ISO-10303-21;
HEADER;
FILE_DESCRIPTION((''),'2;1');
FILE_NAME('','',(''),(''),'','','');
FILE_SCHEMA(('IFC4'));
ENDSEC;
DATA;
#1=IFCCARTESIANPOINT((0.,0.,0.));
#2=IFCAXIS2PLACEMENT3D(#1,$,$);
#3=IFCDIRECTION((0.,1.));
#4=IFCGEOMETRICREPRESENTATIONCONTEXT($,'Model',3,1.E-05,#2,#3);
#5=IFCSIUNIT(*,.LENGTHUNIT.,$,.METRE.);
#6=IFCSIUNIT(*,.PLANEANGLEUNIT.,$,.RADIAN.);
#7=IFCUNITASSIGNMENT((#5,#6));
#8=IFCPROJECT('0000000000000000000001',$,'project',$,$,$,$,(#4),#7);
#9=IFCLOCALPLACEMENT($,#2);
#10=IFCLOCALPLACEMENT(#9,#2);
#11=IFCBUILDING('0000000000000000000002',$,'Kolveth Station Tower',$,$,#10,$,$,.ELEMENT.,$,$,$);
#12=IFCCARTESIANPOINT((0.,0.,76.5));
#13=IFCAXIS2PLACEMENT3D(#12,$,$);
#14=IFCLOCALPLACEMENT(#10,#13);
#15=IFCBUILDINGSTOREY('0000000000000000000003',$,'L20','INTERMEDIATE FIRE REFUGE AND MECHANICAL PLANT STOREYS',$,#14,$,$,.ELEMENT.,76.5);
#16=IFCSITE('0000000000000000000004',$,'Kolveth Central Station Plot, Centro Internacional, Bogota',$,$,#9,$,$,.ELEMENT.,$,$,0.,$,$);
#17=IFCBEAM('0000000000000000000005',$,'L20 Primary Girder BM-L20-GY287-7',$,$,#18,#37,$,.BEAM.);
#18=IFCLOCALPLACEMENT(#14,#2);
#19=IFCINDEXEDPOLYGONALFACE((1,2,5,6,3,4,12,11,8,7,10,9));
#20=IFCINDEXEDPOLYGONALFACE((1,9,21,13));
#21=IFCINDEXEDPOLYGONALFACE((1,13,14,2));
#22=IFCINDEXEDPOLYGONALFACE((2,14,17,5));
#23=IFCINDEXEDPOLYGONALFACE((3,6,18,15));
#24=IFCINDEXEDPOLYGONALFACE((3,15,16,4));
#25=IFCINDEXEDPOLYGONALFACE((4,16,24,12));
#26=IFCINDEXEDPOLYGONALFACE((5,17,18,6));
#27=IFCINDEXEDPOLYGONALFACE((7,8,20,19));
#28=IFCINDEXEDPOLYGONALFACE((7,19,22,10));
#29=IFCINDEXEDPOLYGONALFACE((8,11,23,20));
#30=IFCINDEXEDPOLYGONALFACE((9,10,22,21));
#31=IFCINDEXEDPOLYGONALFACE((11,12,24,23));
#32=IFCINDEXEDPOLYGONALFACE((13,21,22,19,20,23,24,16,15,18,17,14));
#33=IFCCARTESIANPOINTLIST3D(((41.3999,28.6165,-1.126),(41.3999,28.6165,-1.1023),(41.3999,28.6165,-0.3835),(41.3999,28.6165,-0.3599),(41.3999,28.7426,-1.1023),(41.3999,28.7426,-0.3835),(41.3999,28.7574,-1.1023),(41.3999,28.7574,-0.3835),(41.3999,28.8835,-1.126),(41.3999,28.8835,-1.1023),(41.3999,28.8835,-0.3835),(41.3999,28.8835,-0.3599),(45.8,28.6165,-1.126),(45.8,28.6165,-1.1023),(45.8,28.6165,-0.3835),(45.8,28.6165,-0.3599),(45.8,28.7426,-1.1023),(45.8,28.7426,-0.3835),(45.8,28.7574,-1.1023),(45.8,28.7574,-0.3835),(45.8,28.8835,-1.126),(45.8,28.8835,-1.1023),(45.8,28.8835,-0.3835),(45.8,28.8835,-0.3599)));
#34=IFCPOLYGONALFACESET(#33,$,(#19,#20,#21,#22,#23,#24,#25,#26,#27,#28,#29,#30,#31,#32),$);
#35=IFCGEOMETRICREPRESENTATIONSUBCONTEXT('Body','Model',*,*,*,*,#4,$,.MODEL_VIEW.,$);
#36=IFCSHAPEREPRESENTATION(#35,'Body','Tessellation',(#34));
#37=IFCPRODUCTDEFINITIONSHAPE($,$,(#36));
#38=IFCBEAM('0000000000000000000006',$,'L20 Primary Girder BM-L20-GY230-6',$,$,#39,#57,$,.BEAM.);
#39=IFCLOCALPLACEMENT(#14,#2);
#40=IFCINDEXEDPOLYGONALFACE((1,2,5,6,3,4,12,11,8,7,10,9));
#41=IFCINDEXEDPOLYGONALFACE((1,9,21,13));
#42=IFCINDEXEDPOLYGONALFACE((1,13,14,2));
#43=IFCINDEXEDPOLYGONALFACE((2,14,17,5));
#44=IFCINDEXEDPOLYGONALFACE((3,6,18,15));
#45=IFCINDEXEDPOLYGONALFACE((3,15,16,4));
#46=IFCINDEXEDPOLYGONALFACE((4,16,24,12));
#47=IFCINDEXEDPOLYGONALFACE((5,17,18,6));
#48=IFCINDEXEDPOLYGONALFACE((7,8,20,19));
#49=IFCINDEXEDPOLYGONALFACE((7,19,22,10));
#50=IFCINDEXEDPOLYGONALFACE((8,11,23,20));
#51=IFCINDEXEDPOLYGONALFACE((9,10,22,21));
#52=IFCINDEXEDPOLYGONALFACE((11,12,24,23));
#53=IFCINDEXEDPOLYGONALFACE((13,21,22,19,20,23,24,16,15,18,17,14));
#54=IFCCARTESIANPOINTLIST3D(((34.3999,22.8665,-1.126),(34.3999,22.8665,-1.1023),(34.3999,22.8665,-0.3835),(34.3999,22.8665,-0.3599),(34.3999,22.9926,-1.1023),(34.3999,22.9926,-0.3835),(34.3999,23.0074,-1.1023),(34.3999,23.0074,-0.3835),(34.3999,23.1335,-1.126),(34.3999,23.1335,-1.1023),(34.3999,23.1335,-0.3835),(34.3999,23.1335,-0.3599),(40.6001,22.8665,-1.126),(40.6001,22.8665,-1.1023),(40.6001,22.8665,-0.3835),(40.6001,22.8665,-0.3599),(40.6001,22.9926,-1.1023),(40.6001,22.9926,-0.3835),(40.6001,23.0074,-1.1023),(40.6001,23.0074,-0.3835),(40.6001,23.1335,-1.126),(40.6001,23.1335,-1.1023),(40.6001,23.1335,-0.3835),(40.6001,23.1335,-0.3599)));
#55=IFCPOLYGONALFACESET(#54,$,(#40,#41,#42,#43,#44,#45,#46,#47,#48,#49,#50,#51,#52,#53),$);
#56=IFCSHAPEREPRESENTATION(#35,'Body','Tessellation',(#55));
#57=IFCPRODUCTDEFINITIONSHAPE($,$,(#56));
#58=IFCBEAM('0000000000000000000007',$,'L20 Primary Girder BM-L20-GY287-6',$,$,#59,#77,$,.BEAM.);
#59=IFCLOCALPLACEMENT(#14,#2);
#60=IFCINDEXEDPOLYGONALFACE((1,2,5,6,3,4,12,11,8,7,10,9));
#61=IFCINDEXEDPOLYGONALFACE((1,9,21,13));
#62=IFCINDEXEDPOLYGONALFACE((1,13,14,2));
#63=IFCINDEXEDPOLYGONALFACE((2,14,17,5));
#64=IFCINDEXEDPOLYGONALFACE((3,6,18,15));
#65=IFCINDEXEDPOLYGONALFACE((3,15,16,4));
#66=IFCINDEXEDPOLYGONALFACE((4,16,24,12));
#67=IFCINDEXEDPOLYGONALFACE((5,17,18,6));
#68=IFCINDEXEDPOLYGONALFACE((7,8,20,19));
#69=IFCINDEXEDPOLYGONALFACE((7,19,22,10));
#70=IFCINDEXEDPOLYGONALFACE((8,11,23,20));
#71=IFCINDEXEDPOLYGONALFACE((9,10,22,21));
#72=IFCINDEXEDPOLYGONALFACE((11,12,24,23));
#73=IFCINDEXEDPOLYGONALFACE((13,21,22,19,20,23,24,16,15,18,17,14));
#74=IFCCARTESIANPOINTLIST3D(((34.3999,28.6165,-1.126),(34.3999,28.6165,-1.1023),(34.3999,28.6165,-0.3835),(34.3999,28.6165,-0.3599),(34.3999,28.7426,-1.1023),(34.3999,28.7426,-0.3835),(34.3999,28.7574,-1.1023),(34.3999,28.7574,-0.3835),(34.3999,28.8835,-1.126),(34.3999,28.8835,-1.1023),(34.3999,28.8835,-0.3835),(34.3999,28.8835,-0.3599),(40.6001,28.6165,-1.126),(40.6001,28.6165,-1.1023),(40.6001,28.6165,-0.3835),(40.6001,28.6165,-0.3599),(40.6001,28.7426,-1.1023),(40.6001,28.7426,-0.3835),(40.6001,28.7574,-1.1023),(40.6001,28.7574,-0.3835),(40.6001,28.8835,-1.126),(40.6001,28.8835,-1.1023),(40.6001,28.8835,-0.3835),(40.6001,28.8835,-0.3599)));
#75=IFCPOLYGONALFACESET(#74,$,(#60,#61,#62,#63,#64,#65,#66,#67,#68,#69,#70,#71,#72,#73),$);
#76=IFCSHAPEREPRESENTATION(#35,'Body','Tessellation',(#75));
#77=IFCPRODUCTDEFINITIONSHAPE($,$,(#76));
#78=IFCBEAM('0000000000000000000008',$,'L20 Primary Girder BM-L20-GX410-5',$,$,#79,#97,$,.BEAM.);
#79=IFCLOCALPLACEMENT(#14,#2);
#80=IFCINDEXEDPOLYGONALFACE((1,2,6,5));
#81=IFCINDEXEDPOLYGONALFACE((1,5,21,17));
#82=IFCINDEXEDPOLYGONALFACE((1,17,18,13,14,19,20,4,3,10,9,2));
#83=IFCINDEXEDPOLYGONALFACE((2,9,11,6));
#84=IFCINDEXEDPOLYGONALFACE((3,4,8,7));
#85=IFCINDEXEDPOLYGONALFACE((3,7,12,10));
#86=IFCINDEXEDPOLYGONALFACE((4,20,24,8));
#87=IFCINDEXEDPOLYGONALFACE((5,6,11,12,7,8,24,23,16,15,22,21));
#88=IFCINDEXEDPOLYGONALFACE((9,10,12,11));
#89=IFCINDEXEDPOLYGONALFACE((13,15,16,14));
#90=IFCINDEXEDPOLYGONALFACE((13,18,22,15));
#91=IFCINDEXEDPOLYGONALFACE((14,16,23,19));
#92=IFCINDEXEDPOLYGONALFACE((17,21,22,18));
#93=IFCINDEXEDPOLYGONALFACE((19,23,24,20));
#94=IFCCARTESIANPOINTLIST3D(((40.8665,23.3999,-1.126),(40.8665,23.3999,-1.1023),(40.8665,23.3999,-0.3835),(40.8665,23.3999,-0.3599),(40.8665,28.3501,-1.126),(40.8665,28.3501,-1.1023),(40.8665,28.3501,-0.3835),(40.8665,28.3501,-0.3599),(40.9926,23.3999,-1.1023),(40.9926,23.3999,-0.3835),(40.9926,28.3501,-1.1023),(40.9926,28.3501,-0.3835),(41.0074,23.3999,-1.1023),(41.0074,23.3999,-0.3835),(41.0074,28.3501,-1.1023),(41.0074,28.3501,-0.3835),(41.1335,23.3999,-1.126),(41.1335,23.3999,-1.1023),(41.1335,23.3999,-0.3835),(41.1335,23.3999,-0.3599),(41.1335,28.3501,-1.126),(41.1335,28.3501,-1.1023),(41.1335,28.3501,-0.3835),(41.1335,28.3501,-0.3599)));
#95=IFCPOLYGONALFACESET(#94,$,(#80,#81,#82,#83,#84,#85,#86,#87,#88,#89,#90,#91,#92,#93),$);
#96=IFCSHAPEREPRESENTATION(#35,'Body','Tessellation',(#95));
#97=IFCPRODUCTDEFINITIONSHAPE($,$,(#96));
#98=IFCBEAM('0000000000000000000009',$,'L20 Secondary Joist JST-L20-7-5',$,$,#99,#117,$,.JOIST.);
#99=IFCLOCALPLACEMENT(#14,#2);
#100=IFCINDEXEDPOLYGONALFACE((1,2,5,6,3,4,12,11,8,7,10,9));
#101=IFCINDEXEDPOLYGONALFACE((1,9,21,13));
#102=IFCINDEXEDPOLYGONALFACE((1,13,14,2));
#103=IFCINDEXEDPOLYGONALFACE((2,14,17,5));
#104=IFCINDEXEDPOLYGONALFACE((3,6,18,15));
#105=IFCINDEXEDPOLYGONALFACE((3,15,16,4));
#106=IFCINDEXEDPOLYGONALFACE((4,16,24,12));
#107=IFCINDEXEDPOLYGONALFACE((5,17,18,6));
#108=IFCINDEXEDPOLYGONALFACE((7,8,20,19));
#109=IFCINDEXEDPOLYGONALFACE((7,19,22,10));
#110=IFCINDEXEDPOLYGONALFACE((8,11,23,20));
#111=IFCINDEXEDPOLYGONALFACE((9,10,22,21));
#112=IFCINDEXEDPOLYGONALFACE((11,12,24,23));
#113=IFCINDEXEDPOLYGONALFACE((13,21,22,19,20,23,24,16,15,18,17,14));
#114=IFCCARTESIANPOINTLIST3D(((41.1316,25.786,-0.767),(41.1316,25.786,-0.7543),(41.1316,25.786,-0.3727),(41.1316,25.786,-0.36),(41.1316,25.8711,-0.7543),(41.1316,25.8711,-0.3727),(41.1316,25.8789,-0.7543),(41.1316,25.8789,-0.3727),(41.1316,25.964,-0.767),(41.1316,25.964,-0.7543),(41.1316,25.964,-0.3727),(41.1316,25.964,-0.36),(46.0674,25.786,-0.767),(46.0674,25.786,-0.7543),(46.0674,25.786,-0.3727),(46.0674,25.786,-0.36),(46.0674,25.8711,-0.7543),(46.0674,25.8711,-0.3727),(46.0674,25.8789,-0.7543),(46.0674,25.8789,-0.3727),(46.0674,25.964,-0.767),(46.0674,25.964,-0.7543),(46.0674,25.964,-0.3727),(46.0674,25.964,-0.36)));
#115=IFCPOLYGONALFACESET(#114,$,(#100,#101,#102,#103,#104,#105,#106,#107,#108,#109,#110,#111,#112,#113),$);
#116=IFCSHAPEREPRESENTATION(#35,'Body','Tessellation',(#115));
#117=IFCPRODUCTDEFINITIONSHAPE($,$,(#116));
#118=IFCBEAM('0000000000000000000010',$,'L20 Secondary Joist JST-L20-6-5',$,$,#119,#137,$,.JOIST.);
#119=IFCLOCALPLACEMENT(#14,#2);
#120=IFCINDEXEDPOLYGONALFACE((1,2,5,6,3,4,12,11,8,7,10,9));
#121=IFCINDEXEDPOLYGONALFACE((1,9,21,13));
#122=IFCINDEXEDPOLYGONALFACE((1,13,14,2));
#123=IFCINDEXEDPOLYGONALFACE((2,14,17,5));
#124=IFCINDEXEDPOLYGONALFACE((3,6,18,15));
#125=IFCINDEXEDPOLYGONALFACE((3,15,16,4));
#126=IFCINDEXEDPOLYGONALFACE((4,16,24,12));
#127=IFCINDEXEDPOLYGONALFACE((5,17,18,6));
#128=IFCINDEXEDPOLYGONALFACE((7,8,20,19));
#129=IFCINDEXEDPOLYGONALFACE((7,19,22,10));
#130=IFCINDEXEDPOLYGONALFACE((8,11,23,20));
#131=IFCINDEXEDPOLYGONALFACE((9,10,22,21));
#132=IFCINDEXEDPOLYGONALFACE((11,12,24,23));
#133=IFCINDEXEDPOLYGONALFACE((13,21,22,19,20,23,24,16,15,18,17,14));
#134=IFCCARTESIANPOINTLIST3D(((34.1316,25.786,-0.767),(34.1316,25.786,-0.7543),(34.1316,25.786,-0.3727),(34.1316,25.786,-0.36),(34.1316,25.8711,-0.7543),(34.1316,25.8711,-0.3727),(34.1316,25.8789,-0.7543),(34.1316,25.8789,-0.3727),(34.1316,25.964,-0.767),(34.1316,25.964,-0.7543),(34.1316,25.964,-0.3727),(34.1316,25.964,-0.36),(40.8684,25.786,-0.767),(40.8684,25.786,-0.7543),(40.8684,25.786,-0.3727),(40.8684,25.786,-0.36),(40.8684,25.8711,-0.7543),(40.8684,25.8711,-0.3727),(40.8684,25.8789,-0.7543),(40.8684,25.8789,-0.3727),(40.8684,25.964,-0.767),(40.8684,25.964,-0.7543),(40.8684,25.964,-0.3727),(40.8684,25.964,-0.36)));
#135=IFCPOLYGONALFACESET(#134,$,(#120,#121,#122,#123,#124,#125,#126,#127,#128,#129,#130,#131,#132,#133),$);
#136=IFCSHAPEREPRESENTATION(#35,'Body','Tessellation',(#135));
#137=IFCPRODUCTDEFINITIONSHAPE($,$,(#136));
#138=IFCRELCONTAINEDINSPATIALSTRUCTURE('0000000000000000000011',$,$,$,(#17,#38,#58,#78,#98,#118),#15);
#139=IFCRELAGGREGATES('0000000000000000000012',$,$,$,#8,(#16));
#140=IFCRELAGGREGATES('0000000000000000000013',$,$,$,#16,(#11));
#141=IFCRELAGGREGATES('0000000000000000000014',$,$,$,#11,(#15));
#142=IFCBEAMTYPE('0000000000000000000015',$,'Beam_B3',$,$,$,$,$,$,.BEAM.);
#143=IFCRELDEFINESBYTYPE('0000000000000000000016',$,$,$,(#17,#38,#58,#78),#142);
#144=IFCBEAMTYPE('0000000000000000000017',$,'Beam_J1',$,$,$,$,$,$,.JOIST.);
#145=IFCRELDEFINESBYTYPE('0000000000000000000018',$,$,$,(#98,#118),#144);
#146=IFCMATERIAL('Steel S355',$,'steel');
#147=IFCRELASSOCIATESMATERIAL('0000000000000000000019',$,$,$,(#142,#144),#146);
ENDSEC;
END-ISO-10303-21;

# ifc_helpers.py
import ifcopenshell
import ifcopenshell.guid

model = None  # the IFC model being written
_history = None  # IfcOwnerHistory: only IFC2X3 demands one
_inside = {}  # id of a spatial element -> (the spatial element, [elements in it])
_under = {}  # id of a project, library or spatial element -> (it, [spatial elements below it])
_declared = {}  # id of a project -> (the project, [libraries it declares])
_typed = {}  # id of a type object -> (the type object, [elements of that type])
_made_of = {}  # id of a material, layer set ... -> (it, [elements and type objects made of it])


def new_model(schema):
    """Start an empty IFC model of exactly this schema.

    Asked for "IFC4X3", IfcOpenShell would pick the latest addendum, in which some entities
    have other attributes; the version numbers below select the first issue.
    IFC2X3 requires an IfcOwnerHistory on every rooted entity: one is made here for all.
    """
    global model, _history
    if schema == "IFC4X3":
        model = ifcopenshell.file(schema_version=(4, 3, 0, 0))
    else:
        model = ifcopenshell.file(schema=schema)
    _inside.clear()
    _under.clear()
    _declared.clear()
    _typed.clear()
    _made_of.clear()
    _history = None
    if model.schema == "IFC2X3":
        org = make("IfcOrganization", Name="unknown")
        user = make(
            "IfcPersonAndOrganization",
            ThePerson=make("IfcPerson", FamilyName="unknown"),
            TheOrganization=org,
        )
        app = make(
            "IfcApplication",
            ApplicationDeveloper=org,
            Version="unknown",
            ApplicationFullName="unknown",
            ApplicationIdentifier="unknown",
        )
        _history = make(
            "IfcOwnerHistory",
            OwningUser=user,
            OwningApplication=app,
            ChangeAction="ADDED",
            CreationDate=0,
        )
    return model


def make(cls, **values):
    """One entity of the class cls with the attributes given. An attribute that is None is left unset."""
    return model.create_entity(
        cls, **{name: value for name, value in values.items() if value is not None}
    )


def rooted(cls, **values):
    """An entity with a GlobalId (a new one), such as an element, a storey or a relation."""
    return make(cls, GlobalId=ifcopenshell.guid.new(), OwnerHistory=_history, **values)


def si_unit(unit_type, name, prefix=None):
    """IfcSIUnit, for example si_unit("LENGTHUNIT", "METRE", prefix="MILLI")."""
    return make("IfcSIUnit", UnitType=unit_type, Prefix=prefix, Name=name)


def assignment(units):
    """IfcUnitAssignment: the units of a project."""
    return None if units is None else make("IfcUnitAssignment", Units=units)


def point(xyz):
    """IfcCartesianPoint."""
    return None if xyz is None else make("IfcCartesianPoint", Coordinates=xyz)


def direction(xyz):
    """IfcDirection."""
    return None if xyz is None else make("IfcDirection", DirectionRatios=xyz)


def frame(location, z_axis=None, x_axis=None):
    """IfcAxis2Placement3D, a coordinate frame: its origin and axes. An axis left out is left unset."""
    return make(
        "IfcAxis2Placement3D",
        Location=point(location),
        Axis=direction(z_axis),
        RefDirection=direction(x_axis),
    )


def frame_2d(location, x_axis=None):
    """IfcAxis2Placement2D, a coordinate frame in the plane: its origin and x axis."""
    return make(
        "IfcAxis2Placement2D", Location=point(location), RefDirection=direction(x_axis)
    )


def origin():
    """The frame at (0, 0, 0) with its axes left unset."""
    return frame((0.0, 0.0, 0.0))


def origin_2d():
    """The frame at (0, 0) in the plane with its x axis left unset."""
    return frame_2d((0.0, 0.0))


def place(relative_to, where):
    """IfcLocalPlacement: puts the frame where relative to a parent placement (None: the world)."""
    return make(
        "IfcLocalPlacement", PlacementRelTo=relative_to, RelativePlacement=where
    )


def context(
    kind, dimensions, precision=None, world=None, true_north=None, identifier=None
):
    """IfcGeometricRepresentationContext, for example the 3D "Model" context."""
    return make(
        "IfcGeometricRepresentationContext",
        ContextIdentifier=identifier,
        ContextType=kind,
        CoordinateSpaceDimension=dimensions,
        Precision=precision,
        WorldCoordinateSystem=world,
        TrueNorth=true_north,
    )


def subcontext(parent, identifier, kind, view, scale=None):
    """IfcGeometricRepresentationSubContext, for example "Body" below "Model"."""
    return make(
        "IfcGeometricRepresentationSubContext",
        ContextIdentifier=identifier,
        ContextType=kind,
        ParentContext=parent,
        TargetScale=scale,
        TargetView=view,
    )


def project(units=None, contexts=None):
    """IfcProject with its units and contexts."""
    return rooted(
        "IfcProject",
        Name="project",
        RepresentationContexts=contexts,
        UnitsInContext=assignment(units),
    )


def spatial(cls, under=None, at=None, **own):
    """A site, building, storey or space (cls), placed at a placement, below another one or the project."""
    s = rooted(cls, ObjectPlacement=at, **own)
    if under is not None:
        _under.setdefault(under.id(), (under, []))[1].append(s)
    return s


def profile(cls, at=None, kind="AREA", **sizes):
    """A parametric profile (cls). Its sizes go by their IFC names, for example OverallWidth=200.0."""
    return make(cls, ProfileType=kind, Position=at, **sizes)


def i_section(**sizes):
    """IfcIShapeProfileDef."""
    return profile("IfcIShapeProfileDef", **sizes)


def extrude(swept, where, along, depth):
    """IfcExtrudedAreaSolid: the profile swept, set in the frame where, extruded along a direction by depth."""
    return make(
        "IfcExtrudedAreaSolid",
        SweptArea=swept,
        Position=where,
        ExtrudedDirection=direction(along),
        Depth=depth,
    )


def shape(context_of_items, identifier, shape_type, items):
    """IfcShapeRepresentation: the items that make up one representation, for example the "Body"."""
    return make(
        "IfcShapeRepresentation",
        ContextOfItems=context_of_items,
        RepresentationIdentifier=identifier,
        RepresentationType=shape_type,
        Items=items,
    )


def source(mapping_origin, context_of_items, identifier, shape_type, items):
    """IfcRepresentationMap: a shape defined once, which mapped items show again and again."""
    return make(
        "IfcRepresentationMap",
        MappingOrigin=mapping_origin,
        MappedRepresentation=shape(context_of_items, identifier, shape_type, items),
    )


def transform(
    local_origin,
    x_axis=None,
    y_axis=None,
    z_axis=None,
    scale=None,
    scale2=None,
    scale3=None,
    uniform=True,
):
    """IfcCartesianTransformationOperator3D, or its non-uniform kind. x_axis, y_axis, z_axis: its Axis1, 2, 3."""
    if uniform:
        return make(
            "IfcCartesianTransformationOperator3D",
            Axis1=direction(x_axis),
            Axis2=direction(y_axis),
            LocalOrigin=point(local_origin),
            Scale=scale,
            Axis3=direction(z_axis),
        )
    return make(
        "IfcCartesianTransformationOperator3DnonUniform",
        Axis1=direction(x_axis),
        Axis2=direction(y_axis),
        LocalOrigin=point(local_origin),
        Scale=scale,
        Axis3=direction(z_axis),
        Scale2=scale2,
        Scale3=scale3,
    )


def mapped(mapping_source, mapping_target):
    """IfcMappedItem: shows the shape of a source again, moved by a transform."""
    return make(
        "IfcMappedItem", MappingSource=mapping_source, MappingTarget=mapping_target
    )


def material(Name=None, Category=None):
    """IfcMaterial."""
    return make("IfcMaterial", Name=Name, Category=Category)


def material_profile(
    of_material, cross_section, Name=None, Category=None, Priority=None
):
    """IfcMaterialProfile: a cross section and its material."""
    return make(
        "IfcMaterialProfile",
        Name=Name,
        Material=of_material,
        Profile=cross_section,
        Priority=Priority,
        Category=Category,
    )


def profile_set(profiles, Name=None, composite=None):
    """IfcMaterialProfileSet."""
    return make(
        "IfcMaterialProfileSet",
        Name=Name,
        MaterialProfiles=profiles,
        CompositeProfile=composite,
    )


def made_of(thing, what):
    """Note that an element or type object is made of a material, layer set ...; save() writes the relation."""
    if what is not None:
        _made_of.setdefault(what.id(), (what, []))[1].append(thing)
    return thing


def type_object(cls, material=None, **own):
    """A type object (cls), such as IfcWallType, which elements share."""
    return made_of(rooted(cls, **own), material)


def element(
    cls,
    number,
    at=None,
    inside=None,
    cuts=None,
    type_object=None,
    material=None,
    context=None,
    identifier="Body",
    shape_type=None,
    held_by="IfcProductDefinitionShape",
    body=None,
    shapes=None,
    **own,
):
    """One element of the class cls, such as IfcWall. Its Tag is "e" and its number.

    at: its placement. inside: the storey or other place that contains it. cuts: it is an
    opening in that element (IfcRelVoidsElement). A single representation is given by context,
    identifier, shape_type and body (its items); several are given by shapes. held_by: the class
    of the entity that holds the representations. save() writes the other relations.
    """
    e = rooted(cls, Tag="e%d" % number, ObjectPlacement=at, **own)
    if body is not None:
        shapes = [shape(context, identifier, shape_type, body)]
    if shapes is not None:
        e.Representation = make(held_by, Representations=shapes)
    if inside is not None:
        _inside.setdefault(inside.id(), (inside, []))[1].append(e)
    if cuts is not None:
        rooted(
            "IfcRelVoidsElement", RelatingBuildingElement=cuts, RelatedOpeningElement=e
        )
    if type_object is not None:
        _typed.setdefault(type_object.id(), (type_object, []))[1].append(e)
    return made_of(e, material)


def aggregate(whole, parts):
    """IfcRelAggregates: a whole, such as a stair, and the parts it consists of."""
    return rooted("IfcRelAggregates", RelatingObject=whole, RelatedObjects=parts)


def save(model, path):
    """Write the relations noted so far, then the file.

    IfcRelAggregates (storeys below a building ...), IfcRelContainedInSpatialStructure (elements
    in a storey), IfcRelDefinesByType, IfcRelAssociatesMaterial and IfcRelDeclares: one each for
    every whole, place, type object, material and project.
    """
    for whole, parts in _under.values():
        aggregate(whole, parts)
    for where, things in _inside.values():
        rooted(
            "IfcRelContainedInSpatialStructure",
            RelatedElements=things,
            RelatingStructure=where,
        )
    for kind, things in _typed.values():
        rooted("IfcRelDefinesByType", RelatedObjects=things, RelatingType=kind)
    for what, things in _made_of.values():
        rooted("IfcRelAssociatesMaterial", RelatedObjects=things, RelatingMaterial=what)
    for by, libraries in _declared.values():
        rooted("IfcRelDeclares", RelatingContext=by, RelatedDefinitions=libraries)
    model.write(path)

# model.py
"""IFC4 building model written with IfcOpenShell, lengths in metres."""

from ifc_helpers import new_model, si_unit, direction, frame, origin, origin_2d, place, context, subcontext, project, spatial, i_section, extrude, source, transform, mapped, material, material_profile, profile_set, type_object, element, save


model = new_model("IFC4")

# Units and contexts
model_context = context("Model", 3, precision=1e-05, world=origin(), true_north=direction((0.0, 1.0)))
body_context = subcontext(model_context, "Body", "Model", "MODEL_VIEW")
ifc_project = project(units=[si_unit("LENGTHUNIT", "METRE"), si_unit("PLANEANGLEUNIT", "RADIAN")], contexts=[model_context])

# Site, building, storey
site_placement = place(None, origin())
site = spatial("IfcSite", under=ifc_project, at=site_placement, Name="Kolveth Central Station Plot, Centro Internacional, Bogota", CompositionType="ELEMENT", RefElevation=0.0)
building_placement = place(site_placement, origin())
building = spatial("IfcBuilding", under=site, at=building_placement, Name="Kolveth Station Tower", CompositionType="ELEMENT")
storey_placement = place(building_placement, frame((0.0, 0.0, 76.5)))
storey = spatial("IfcBuildingStorey", under=building, at=storey_placement, Name="L20", Description="INTERMEDIATE FIRE REFUGE AND MECHANICAL PLANT STOREYS", CompositionType="ELEMENT", Elevation=76.5)

# Shared definitions
ifc_material_1 = material(Name="Steel S355", Category="steel")

# Beams
ifc_material_profile_1 = material_profile(ifc_material_1, i_section(OverallWidth=0.2671, OverallDepth=0.7661, WebThickness=0.0149, FlangeThickness=0.0237, at=origin_2d()), Name="W760x185")
ifc_profile_set_1 = profile_set([ifc_material_profile_1], Name="Steel S355")
beam_type_1 = type_object("IfcBeamType", Name="Beam_B3", PredefinedType="BEAM", material=ifc_profile_set_1)
shared_shape_1 = source(origin(), body_context, "Body", "SweptSolid", [
    extrude(i_section(OverallWidth=0.2671, OverallDepth=0.7661, WebThickness=0.0149, FlangeThickness=0.0237, at=origin_2d()), origin(), (0.0, 0.0, 1.0), 4.4001),
])
for number, where, z_axis, x_axis, name in (
    (1, (41.3999, 28.75, -0.7429), (1.0, 0.0, 0.0), (0.0, 1.0, 0.0), "L20 Primary Girder BM-L20-GY287-7"),
):
    element("IfcBeam", number, at=place(storey_placement, frame(where, z_axis=z_axis, x_axis=x_axis)), inside=storey, type_object=beam_type_1, Name=name, PredefinedType="BEAM", context=body_context, shape_type="MappedRepresentation", body=[
        mapped(shared_shape_1, transform((0.0, 0.0, 0.0), x_axis=(1.0, 0.0, 0.0), y_axis=(0.0, 1.0, 0.0), z_axis=(0.0, 0.0, 1.0), scale=1.0)),
    ])
shared_shape_2 = source(origin(), body_context, "Body", "SweptSolid", [
    extrude(i_section(OverallWidth=0.2671, OverallDepth=0.7661, WebThickness=0.0149, FlangeThickness=0.0237, at=origin_2d()), origin(), (0.0, 0.0, 1.0), 6.2002),
])
for number, where, z_axis, x_axis, name in (
    (2, (34.3999, 23.0, -0.7429), (1.0, 0.0, 0.0), (0.0, 1.0, 0.0), "L20 Primary Girder BM-L20-GY230-6"),
    (3, (34.3999, 28.75, -0.7429), (1.0, 0.0, 0.0), (0.0, 1.0, 0.0), "L20 Primary Girder BM-L20-GY287-6"),
):
    element("IfcBeam", number, at=place(storey_placement, frame(where, z_axis=z_axis, x_axis=x_axis)), inside=storey, type_object=beam_type_1, Name=name, PredefinedType="BEAM", context=body_context, shape_type="MappedRepresentation", body=[
        mapped(shared_shape_2, transform((0.0, 0.0, 0.0), x_axis=(1.0, 0.0, 0.0), y_axis=(0.0, 1.0, 0.0), z_axis=(0.0, 0.0, 1.0), scale=1.0)),
    ])
shared_shape_3 = source(origin(), body_context, "Body", "SweptSolid", [
    extrude(i_section(OverallWidth=0.2671, OverallDepth=0.7661, WebThickness=0.0149, FlangeThickness=0.0237, at=origin_2d()), origin(), (0.0, 0.0, 1.0), 4.9502),
])
beam_1_placement = place(storey_placement, frame((41.0, 23.3999, -0.7429), z_axis=(0.0, 1.0, 0.0), x_axis=(-1.0, 0.0, 0.0)))
element("IfcBeam", 4, at=beam_1_placement, inside=storey, type_object=beam_type_1, Name="L20 Primary Girder BM-L20-GX410-5", PredefinedType="BEAM", context=body_context, shape_type="MappedRepresentation", body=[
    mapped(shared_shape_3, transform((0.0, 0.0, 0.0), x_axis=(1.0, 0.0, 0.0), y_axis=(0.0, 1.0, 0.0), z_axis=(0.0, 0.0, 1.0), scale=1.0)),
])
ifc_material_profile_2 = material_profile(ifc_material_1, i_section(OverallWidth=0.178, OverallDepth=0.407, WebThickness=0.0078, FlangeThickness=0.0127, at=origin_2d()), Name="W410x60")
ifc_profile_set_2 = profile_set([ifc_material_profile_2], Name="Steel S355")
beam_type_2 = type_object("IfcBeamType", Name="Beam_J1", PredefinedType="JOIST", material=ifc_profile_set_2)
shared_shape_4 = source(origin(), body_context, "Body", "SweptSolid", [
    extrude(i_section(OverallWidth=0.178, OverallDepth=0.407, WebThickness=0.0078, FlangeThickness=0.0127, at=origin_2d()), origin(), (0.0, 0.0, 1.0), 4.9358),
])
beam_2_placement = place(storey_placement, frame((41.1316, 25.875, -0.5635), z_axis=(1.0, 0.0, 0.0), x_axis=(0.0, 1.0, 0.0)))
element("IfcBeam", 5, at=beam_2_placement, inside=storey, type_object=beam_type_2, Name="L20 Secondary Joist JST-L20-7-5", PredefinedType="JOIST", context=body_context, shape_type="MappedRepresentation", body=[
    mapped(shared_shape_4, transform((0.0, 0.0, 0.0), x_axis=(1.0, 0.0, 0.0), y_axis=(0.0, 1.0, 0.0), z_axis=(0.0, 0.0, 1.0), scale=1.0)),
])
shared_shape_5 = source(origin(), body_context, "Body", "SweptSolid", [
    extrude(i_section(OverallWidth=0.178, OverallDepth=0.407, WebThickness=0.0078, FlangeThickness=0.0127, at=origin_2d()), origin(), (0.0, 0.0, 1.0), 6.7368),
])
beam_3_placement = place(storey_placement, frame((34.1316, 25.875, -0.5635), z_axis=(1.0, 0.0, 0.0), x_axis=(0.0, 1.0, 0.0)))
element("IfcBeam", 6, at=beam_3_placement, inside=storey, type_object=beam_type_2, Name="L20 Secondary Joist JST-L20-6-5", PredefinedType="JOIST", context=body_context, shape_type="MappedRepresentation", body=[
    mapped(shared_shape_5, transform((0.0, 0.0, 0.0), x_axis=(1.0, 0.0, 0.0), y_axis=(0.0, 1.0, 0.0), z_axis=(0.0, 0.0, 1.0), scale=1.0)),
])

save(model, "model.ifc")
